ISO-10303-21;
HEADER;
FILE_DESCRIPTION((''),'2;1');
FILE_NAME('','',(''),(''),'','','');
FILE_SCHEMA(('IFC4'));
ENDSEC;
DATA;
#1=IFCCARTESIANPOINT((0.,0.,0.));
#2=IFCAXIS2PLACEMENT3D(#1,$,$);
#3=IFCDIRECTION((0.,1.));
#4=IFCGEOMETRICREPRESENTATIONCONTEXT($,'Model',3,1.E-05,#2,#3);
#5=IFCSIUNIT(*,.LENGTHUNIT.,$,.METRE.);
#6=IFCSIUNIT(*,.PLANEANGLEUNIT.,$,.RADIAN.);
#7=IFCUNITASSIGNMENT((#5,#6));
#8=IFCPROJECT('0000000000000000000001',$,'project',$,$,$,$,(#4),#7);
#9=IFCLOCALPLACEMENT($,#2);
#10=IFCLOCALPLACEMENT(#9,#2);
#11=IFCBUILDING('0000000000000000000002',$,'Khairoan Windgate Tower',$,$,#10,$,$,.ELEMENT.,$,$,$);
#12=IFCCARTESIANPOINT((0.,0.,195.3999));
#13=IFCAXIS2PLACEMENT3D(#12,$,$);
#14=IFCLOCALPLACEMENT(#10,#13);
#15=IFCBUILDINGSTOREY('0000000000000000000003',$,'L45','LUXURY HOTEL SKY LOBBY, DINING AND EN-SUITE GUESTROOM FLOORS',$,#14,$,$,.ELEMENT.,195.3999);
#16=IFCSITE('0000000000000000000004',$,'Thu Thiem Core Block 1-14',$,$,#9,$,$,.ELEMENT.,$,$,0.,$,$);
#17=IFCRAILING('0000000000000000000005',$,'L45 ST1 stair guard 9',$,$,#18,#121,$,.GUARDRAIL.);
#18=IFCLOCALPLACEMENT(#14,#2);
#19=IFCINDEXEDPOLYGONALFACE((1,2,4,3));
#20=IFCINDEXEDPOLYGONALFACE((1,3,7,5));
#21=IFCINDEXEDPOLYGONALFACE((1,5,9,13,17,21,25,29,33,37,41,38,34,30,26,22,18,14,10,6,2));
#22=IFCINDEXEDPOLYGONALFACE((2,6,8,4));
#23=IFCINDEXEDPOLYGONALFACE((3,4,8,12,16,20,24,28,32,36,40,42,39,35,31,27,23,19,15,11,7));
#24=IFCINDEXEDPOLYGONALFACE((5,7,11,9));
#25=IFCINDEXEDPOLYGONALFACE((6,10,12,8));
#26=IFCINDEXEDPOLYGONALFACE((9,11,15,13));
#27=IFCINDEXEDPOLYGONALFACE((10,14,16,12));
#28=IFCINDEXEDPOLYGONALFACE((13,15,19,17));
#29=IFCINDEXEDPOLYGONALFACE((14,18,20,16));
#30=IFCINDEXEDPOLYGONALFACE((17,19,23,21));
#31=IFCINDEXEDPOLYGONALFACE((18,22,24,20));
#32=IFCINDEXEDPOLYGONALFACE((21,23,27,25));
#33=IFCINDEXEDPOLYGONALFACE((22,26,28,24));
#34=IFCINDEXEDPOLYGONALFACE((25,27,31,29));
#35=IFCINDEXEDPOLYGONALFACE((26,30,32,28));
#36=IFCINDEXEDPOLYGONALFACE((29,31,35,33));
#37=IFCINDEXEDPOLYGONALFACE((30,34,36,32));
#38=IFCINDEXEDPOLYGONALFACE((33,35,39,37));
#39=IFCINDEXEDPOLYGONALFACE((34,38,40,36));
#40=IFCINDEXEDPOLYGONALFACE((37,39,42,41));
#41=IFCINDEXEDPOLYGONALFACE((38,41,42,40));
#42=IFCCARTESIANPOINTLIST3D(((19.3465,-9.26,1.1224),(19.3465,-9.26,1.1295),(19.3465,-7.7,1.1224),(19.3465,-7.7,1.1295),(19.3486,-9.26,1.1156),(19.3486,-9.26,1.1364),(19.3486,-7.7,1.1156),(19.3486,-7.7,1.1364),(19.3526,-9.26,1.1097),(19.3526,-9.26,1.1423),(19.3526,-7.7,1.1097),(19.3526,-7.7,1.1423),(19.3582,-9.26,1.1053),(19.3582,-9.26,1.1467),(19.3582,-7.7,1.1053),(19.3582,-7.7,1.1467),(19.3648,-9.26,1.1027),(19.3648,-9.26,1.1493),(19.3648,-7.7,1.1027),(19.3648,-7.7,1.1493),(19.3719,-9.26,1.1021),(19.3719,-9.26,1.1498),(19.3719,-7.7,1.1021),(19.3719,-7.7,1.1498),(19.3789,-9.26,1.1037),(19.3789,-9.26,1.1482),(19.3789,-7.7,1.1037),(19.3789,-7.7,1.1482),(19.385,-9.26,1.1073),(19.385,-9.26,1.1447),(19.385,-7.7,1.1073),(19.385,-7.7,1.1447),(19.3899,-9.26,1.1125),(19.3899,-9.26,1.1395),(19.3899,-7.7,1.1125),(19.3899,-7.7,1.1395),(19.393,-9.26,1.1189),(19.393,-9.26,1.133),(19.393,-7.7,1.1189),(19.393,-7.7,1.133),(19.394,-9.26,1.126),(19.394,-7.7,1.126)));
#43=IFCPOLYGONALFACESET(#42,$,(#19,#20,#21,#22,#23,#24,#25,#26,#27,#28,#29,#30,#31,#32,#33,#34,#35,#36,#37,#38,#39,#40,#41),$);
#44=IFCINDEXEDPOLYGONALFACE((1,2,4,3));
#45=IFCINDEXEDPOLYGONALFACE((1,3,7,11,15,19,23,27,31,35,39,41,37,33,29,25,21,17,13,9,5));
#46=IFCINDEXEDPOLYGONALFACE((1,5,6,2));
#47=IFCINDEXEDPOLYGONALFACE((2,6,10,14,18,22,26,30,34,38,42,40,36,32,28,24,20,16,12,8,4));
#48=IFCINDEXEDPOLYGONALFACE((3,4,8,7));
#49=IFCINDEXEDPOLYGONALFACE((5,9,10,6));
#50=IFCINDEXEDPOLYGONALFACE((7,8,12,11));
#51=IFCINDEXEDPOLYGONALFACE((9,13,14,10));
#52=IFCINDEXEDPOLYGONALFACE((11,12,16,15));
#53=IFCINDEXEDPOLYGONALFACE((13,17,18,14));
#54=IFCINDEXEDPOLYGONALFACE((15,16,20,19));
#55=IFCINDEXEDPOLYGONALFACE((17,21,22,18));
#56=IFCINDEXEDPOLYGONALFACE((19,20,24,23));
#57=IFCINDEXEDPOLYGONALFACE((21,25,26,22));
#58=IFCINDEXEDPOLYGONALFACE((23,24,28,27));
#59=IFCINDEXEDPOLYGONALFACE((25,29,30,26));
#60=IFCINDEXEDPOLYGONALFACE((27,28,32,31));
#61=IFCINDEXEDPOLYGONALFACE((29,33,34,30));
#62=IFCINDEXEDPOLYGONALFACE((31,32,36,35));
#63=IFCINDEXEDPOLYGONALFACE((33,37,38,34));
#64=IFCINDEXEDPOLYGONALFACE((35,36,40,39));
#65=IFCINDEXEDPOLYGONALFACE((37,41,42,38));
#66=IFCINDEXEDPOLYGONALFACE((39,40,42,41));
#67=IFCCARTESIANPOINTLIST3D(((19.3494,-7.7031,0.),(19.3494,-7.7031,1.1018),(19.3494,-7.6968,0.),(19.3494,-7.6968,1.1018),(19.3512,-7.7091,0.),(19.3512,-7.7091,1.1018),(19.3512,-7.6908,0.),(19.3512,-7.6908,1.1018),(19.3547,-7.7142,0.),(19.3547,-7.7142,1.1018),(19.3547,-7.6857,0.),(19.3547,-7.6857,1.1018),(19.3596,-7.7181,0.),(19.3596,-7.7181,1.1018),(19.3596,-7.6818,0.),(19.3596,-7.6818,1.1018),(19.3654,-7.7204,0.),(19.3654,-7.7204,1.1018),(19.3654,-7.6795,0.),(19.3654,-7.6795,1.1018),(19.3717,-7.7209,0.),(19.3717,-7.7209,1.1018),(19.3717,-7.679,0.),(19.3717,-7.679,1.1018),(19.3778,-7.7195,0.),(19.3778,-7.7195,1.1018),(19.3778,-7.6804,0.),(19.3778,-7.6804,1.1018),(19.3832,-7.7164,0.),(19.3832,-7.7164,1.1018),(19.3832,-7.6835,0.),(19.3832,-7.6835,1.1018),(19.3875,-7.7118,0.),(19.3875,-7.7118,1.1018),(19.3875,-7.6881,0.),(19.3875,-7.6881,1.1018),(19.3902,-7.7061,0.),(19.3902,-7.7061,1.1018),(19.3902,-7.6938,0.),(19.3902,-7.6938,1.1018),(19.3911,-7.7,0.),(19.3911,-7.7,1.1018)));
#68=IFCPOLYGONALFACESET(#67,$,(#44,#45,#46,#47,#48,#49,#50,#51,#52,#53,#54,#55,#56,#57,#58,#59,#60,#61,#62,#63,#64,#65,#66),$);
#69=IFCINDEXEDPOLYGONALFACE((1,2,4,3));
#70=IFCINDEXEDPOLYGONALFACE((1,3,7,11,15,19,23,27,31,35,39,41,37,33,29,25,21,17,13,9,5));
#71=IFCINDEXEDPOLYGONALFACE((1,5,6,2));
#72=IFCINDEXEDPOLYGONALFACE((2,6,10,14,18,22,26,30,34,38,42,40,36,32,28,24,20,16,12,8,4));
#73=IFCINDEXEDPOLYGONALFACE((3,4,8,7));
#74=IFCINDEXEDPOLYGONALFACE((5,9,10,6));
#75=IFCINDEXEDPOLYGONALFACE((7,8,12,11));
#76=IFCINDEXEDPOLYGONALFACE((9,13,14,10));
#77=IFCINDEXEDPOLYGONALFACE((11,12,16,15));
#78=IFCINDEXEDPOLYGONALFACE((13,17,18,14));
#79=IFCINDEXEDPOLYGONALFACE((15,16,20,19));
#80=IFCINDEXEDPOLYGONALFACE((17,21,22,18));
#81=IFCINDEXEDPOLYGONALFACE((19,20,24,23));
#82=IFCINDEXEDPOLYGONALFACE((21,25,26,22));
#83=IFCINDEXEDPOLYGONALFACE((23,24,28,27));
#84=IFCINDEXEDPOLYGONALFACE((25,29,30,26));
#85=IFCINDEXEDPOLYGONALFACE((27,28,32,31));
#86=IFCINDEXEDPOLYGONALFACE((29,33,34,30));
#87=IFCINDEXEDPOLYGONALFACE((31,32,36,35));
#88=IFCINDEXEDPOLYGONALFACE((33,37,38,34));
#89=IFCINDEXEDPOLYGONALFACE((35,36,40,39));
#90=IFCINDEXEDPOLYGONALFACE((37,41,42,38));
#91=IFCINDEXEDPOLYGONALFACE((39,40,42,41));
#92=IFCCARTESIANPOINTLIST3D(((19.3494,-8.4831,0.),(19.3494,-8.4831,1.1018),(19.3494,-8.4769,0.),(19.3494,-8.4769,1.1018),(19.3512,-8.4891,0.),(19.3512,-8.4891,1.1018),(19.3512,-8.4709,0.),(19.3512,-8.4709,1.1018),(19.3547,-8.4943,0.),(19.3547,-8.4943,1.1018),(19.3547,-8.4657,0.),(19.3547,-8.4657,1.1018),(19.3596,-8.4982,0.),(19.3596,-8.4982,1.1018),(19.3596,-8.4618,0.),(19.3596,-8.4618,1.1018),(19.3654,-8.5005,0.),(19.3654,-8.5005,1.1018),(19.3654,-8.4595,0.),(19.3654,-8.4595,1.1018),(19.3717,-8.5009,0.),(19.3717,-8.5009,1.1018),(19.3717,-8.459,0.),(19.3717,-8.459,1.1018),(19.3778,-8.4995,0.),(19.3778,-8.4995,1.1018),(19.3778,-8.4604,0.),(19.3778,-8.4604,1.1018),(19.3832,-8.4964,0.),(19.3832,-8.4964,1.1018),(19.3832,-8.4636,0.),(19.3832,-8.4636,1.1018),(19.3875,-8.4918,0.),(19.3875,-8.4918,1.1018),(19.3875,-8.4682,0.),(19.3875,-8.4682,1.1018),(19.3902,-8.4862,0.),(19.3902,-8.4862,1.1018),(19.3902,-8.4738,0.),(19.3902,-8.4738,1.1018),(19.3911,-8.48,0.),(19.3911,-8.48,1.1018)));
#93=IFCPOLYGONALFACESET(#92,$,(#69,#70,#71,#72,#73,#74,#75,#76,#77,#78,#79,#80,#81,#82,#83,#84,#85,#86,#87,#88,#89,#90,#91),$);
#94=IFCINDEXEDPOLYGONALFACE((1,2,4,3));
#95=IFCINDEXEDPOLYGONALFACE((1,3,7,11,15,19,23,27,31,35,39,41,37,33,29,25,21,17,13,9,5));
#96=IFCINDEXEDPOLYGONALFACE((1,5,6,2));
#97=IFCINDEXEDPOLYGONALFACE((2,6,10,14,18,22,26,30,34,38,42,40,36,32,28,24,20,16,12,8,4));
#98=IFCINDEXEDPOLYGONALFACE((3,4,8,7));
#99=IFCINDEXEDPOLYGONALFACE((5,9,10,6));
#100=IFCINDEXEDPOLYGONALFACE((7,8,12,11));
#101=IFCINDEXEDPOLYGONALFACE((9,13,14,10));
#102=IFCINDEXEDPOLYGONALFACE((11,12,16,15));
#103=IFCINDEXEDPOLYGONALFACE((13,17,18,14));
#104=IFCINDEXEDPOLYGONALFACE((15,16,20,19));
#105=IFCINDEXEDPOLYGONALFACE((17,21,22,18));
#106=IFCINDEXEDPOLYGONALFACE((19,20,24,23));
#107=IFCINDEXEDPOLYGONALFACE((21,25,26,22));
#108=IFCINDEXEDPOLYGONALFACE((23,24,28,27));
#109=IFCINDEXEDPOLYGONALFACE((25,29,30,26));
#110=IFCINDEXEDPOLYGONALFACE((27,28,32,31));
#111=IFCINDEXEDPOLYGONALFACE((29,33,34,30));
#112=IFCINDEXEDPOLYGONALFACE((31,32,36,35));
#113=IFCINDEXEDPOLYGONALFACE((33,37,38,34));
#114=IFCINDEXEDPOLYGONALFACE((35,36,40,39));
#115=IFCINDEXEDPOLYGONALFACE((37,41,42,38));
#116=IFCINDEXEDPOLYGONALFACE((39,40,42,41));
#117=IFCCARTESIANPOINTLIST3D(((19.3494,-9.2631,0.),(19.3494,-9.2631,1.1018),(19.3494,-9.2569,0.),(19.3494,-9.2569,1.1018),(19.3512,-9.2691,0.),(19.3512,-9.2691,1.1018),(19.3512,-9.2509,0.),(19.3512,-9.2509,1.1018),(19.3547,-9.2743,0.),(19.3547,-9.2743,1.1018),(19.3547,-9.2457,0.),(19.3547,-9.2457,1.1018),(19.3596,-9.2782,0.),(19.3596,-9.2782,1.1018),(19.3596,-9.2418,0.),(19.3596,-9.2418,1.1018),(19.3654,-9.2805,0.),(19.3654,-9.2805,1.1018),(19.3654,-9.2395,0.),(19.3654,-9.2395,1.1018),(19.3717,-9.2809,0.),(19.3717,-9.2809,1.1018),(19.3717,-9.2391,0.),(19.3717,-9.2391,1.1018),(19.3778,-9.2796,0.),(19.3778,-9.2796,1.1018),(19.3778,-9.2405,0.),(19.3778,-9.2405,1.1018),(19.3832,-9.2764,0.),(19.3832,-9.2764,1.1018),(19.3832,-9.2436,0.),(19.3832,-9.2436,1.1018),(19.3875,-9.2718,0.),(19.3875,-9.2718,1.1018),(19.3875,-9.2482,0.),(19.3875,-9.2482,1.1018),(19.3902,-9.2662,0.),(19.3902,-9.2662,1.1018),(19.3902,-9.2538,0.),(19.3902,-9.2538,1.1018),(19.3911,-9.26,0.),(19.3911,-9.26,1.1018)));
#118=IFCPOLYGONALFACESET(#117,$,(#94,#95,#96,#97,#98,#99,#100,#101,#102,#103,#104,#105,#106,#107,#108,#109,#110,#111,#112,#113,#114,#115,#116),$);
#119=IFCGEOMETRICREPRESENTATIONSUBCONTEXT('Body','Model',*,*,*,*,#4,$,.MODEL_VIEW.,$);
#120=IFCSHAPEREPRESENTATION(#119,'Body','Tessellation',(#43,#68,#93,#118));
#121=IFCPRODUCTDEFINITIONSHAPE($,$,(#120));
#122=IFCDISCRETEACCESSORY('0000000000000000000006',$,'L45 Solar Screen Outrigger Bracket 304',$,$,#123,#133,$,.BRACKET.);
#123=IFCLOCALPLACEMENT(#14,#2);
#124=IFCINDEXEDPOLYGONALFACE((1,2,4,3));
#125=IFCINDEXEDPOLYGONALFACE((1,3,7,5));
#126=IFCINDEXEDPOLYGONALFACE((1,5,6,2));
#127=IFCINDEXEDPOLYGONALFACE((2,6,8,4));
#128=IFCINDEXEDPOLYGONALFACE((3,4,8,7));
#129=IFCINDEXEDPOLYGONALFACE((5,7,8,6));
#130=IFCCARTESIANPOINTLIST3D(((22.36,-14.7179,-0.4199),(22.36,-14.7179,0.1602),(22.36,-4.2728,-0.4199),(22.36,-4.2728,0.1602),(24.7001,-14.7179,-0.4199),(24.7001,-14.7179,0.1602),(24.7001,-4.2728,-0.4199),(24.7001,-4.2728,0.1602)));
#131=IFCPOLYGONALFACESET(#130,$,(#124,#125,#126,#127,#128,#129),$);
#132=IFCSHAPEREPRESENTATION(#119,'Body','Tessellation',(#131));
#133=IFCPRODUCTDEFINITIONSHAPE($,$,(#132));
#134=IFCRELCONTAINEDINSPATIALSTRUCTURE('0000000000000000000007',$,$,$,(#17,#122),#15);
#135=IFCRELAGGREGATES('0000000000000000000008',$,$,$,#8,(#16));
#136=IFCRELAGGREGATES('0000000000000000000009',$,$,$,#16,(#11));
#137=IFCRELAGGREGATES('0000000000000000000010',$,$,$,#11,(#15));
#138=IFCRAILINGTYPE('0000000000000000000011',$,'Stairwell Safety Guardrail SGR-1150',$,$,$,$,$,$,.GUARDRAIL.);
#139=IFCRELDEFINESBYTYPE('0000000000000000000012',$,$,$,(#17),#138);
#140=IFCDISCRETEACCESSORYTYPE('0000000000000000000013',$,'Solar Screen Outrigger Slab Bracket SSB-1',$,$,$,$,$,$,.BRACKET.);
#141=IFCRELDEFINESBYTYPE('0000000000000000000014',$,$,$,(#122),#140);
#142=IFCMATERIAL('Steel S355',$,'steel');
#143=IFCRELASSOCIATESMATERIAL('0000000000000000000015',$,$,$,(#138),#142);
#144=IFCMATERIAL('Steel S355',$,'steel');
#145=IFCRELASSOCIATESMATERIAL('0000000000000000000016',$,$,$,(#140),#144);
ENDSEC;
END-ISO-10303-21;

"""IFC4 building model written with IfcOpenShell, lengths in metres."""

from ifc_helpers import new_model, si_unit, direction, frame, origin, origin_2d, place, context, subcontext, project, spatial, rectangle, circle, extrude, material, type_object, element, save


model = new_model("IFC4")

# Units and contexts
model_context = context("Model", 3, precision=1e-05, world=origin(), true_north=direction((0.0, 1.0)))
body_context = subcontext(model_context, "Body", "Model", "MODEL_VIEW")
ifc_project = project(units=[si_unit("LENGTHUNIT", "METRE"), si_unit("PLANEANGLEUNIT", "RADIAN")], contexts=[model_context])

# Site, building, storey
site_placement = place(None, origin())
site = spatial("IfcSite", under=ifc_project, at=site_placement, Name="Thu Thiem Core Block 1-14", CompositionType="ELEMENT", RefElevation=0.0)
building_placement = place(site_placement, origin())
building = spatial("IfcBuilding", under=site, at=building_placement, Name="Khairoan Windgate Tower", CompositionType="ELEMENT")
storey_placement = place(building_placement, frame((0.0, 0.0, 195.3999)))
storey = spatial("IfcBuildingStorey", under=building, at=storey_placement, Name="L45", Description="LUXURY HOTEL SKY LOBBY, DINING AND EN-SUITE GUESTROOM FLOORS", CompositionType="ELEMENT", Elevation=195.3999)

# Railing
ifc_material_1 = material(Name="Steel S355", Category="steel")
railing_type_1 = type_object("IfcRailingType", Name="Stairwell Safety Guardrail SGR-1150", PredefinedType="GUARDRAIL", material=ifc_material_1)
for number, where, name in (
    (1, (19.3701, -7.7, 0.0), "L45 ST1 stair guard 9"),
):
    element("IfcRailing", number, at=place(storey_placement, frame(where)), inside=storey, type_object=railing_type_1, Name=name, PredefinedType="GUARDRAIL", context=body_context, shape_type="SweptSolid", body=[
        extrude(circle(Radius=0.0239, at=origin_2d()), frame((0.0, 0.0, 1.126), z_axis=(0.0, -1.0, 0.0), x_axis=(1.0, 0.0, 0.0)), (0.0, 0.0, 1.0), 1.5601),
        extrude(circle(Radius=0.021, at=origin_2d()), origin(), (0.0, 0.0, 1.0), 1.1018),
        extrude(circle(Radius=0.021, at=origin_2d()), frame((0.0, -0.78, 0.0)), (0.0, 0.0, 1.0), 1.1018),
        extrude(circle(Radius=0.021, at=origin_2d()), frame((0.0, -1.5601, 0.0)), (0.0, 0.0, 1.0), 1.1018),
    ])

# Discrete accessory
ifc_material_2 = material(Name="Steel S355", Category="steel")
discrete_accessory_type = type_object("IfcDiscreteAccessoryType", Name="Solar Screen Outrigger Slab Bracket SSB-1", PredefinedType="BRACKET", material=ifc_material_2)
discrete_accessory_placement = place(storey_placement, frame((23.53, -9.4954, -0.4199), z_axis=(0.0, 0.0, 1.0), x_axis=(0.0, -1.0, 0.0)))
element("IfcDiscreteAccessory", 2, at=discrete_accessory_placement, inside=storey, type_object=discrete_accessory_type, Name="L45 Solar Screen Outrigger Bracket 304", PredefinedType="BRACKET", context=body_context, shape_type="SweptSolid", body=[
    extrude(rectangle(XDim=10.4451, YDim=2.3401, at=origin_2d()), origin(), (0.0, 0.0, 1.0), 0.5801),
])

save(model, "model.ifc")
